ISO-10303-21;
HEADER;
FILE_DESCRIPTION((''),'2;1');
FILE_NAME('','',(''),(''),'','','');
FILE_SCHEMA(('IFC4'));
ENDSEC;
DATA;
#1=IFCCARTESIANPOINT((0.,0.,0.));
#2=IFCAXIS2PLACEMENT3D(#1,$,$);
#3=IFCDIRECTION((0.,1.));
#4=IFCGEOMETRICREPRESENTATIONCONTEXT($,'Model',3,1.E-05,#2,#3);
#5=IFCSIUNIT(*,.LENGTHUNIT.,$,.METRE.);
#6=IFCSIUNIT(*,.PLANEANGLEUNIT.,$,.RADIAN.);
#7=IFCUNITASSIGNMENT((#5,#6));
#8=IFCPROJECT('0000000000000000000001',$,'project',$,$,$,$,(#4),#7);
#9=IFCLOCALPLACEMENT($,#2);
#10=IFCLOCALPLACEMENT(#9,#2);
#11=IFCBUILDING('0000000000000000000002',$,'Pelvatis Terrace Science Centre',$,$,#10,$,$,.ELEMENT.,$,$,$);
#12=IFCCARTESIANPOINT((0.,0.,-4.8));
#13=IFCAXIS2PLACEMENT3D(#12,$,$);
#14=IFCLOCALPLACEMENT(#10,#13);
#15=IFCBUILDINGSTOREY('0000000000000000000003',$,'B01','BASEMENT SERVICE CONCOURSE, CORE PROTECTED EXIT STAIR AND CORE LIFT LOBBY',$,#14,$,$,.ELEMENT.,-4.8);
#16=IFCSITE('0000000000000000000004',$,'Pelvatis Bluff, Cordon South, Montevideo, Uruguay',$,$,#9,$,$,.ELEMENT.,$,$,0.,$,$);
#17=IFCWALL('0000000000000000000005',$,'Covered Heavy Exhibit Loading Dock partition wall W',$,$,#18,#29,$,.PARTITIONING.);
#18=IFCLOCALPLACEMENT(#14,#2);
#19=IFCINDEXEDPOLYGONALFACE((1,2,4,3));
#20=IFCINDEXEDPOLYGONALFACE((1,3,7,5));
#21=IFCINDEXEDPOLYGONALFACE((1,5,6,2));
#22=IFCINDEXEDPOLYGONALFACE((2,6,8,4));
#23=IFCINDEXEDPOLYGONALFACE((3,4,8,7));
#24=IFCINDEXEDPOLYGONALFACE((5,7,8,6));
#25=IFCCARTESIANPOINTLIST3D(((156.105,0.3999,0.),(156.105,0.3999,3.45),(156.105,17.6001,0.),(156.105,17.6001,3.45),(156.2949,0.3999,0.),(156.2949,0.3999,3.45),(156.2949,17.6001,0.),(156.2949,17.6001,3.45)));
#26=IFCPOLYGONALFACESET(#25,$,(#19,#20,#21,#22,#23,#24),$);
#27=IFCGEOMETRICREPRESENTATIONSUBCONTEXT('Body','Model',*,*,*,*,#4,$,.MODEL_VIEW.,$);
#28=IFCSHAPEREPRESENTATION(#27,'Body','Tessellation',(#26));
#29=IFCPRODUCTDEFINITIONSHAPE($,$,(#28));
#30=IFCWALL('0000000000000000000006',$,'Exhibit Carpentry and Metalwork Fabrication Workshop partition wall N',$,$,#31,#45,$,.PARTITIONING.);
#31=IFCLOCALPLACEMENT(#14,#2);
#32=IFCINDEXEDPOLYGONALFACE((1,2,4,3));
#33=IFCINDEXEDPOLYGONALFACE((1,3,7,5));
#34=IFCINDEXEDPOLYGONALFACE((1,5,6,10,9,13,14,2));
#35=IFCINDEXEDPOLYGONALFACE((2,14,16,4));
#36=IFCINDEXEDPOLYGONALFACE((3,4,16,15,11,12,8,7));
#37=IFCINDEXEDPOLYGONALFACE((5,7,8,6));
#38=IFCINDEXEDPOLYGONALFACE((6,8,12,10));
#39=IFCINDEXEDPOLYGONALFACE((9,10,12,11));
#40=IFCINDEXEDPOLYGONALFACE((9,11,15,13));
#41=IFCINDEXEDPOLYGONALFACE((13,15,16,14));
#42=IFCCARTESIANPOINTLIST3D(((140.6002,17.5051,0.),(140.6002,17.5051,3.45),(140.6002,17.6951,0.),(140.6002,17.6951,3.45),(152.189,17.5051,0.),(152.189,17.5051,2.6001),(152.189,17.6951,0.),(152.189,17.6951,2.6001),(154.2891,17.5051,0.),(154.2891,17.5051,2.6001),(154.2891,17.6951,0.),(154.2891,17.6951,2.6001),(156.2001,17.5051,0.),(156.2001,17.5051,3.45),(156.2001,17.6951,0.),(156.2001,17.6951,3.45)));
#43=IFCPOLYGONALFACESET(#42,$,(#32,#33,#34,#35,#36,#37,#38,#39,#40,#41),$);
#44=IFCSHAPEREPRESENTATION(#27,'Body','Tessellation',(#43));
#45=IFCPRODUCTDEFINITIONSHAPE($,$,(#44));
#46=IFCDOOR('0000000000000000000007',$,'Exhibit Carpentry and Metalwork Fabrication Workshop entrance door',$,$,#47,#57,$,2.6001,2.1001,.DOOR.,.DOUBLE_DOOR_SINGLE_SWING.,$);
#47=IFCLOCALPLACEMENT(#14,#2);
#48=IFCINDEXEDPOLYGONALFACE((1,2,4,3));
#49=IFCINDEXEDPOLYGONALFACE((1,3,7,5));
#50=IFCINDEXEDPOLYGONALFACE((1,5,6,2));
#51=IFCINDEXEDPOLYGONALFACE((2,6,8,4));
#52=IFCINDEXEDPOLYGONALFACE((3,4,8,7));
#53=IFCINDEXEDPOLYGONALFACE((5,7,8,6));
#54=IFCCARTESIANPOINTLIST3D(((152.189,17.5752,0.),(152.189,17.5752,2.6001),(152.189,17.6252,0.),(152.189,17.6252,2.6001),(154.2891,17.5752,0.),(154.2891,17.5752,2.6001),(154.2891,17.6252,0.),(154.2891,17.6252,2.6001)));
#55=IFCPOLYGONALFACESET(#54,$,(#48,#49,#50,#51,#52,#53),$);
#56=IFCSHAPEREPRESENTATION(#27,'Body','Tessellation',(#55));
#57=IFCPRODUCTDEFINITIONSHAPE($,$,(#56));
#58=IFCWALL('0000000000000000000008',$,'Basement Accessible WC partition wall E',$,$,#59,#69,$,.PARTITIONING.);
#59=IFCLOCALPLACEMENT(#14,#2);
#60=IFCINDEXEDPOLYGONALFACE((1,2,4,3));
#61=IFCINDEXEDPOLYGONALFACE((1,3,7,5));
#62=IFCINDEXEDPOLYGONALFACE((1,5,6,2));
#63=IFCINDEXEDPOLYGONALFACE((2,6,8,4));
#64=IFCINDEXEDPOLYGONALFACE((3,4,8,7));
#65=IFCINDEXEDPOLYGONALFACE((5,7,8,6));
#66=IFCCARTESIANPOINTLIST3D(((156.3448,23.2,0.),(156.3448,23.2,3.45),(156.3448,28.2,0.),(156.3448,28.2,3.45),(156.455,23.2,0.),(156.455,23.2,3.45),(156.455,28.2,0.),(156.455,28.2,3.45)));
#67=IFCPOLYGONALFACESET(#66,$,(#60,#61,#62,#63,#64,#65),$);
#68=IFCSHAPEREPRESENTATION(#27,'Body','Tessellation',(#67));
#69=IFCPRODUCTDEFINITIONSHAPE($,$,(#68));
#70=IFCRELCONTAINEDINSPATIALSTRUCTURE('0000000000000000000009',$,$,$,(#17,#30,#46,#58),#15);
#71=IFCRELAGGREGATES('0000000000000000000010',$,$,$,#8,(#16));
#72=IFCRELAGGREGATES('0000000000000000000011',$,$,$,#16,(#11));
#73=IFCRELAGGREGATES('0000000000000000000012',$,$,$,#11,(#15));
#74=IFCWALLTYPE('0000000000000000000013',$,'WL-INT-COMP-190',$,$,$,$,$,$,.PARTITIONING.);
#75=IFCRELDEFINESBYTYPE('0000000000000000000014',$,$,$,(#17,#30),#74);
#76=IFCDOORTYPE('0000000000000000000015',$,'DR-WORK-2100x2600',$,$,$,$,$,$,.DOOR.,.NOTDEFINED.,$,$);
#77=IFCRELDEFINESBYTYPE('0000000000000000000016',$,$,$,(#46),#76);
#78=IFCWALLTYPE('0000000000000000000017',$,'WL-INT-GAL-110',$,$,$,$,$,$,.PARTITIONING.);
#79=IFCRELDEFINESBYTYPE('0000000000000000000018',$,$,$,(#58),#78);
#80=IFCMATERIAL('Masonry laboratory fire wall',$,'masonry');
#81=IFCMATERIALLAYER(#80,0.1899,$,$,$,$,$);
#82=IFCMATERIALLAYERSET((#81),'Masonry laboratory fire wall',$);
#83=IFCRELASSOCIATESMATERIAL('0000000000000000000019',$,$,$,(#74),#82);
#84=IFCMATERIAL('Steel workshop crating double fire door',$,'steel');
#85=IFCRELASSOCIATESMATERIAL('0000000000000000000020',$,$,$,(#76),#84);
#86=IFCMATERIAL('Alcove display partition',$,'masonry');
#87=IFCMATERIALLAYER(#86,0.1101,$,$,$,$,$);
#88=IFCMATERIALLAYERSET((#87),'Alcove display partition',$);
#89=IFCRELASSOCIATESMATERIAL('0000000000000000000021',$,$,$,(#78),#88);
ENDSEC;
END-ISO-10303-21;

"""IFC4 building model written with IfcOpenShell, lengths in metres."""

from ifc_helpers import new_model, si_unit, direction, frame, frame_2d, origin, place, context, subcontext, project, spatial, rectangle, extrude, material, layer, layer_set, type_object, element, fill, save


model = new_model("IFC4")

# Units and contexts
model_context = context("Model", 3, precision=1e-05, world=origin(), true_north=direction((0.0, 1.0)))
body_context = subcontext(model_context, "Body", "Model", "MODEL_VIEW")
ifc_project = project(units=[si_unit("LENGTHUNIT", "METRE"), si_unit("PLANEANGLEUNIT", "RADIAN")], contexts=[model_context])

# Site, building, storey
site_placement = place(None, origin())
site = spatial("IfcSite", under=ifc_project, at=site_placement, Name="Pelvatis Bluff, Cordon South, Montevideo, Uruguay", CompositionType="ELEMENT", RefElevation=0.0)
building_placement = place(site_placement, origin())
building = spatial("IfcBuilding", under=site, at=building_placement, Name="Pelvatis Terrace Science Centre", CompositionType="ELEMENT")
storey_placement = place(building_placement, frame((0.0, 0.0, -4.8)))
storey = spatial("IfcBuildingStorey", under=building, at=storey_placement, Name="B01", Description="BASEMENT SERVICE CONCOURSE, CORE PROTECTED EXIT STAIR AND CORE LIFT LOBBY", CompositionType="ELEMENT", Elevation=-4.8)

# Shared definitions
ifc_material_1 = material(Name="Masonry laboratory fire wall", Category="masonry")
ifc_layer_1 = layer(ifc_material_1, 0.1899)
ifc_layer_set_1 = layer_set([ifc_layer_1], Name="Masonry laboratory fire wall")
wall_type_1 = type_object("IfcWallType", Name="WL-INT-COMP-190", PredefinedType="PARTITIONING", material=ifc_layer_set_1)
ifc_material_2 = material(Name="Steel workshop crating double fire door", Category="steel")
door_type = type_object("IfcDoorType", Name="DR-WORK-2100x2600", OperationType="NOTDEFINED", PredefinedType="DOOR", material=ifc_material_2)

# Wall
wall_1_placement = place(storey_placement, frame((156.2, 17.6001, 0.0), z_axis=(0.0, 0.0, 1.0), x_axis=(0.0, -1.0, 0.0)))
element("IfcWall", 1, at=wall_1_placement, inside=storey, type_object=wall_type_1, Name="Covered Heavy Exhibit Loading Dock partition wall W", PredefinedType="PARTITIONING", context=body_context, shape_type="SweptSolid", body=[
    extrude(rectangle(XDim=17.2002, YDim=0.1899, at=frame_2d((8.6001, 0.0))), origin(), (0.0, 0.0, 1.0), 3.45),
])

# Wall, opening, door
wall_2_placement = place(storey_placement, frame((156.2, 17.6001, 0.0), z_axis=(0.0, 0.0, 1.0), x_axis=(-1.0, 0.0, 0.0)))
wall_2 = element("IfcWall", 2, at=wall_2_placement, inside=storey, type_object=wall_type_1, Name="Exhibit Carpentry and Metalwork Fabrication Workshop partition wall N", PredefinedType="PARTITIONING", context=body_context, shape_type="SweptSolid", body=[
    extrude(rectangle(XDim=15.5999, YDim=0.1899, at=frame_2d((7.7998, 0.0))), origin(), (0.0, 0.0, 1.0), 3.45),
])
opening_1_placement = place(wall_2_placement, frame((1.9109, 0.0, 0.0)))
opening_1 = element("IfcOpeningElement", 3, at=opening_1_placement, cuts=wall_2, PredefinedType="OPENING", context=body_context, shape_type="SweptSolid", body=[
    extrude(rectangle(XDim=2.1001, YDim=2.6001, at=frame_2d((1.05, 1.3))), frame((0.0, 0.105, 0.0), z_axis=(0.0, -1.0, 0.0), x_axis=(1.0, 0.0, 0.0)), (0.0, 0.0, 1.0), 0.21),
])
door_1_placement = place(opening_1_placement, origin())
door_1 = element("IfcDoor", 4, at=door_1_placement, inside=storey, type_object=door_type, Name="Exhibit Carpentry and Metalwork Fabrication Workshop entrance door", OperationType="DOUBLE_DOOR_SINGLE_SWING", OverallHeight=2.6001, OverallWidth=2.1001, PredefinedType="DOOR", context=body_context, shape_type="SweptSolid", body=[
    extrude(rectangle(XDim=2.1001, YDim=2.6001, at=frame_2d((1.05, 1.3))), frame((0.0, 0.0249, 0.0), z_axis=(0.0, -1.0, 0.0), x_axis=(1.0, 0.0, 0.0)), (0.0, 0.0, 1.0), 0.05),
])
fill(opening_1, door_1)

# Wall
ifc_material_3 = material(Name="Alcove display partition", Category="masonry")
ifc_layer_2 = layer(ifc_material_3, 0.1101)
ifc_layer_set_2 = layer_set([ifc_layer_2], Name="Alcove display partition")
wall_type_2 = type_object("IfcWallType", Name="WL-INT-GAL-110", PredefinedType="PARTITIONING", material=ifc_layer_set_2)
wall_3_placement = place(storey_placement, frame((156.3999, 23.2, 0.0), z_axis=(0.0, 0.0, 1.0), x_axis=(0.0, 1.0, 0.0)))
element("IfcWall", 5, at=wall_3_placement, inside=storey, type_object=wall_type_2, Name="Basement Accessible WC partition wall E", PredefinedType="PARTITIONING", context=body_context, shape_type="SweptSolid", body=[
    extrude(rectangle(XDim=5.0, YDim=0.1101, at=frame_2d((2.5, 0.0))), origin(), (0.0, 0.0, 1.0), 3.45),
])

save(model, "model.ifc")
